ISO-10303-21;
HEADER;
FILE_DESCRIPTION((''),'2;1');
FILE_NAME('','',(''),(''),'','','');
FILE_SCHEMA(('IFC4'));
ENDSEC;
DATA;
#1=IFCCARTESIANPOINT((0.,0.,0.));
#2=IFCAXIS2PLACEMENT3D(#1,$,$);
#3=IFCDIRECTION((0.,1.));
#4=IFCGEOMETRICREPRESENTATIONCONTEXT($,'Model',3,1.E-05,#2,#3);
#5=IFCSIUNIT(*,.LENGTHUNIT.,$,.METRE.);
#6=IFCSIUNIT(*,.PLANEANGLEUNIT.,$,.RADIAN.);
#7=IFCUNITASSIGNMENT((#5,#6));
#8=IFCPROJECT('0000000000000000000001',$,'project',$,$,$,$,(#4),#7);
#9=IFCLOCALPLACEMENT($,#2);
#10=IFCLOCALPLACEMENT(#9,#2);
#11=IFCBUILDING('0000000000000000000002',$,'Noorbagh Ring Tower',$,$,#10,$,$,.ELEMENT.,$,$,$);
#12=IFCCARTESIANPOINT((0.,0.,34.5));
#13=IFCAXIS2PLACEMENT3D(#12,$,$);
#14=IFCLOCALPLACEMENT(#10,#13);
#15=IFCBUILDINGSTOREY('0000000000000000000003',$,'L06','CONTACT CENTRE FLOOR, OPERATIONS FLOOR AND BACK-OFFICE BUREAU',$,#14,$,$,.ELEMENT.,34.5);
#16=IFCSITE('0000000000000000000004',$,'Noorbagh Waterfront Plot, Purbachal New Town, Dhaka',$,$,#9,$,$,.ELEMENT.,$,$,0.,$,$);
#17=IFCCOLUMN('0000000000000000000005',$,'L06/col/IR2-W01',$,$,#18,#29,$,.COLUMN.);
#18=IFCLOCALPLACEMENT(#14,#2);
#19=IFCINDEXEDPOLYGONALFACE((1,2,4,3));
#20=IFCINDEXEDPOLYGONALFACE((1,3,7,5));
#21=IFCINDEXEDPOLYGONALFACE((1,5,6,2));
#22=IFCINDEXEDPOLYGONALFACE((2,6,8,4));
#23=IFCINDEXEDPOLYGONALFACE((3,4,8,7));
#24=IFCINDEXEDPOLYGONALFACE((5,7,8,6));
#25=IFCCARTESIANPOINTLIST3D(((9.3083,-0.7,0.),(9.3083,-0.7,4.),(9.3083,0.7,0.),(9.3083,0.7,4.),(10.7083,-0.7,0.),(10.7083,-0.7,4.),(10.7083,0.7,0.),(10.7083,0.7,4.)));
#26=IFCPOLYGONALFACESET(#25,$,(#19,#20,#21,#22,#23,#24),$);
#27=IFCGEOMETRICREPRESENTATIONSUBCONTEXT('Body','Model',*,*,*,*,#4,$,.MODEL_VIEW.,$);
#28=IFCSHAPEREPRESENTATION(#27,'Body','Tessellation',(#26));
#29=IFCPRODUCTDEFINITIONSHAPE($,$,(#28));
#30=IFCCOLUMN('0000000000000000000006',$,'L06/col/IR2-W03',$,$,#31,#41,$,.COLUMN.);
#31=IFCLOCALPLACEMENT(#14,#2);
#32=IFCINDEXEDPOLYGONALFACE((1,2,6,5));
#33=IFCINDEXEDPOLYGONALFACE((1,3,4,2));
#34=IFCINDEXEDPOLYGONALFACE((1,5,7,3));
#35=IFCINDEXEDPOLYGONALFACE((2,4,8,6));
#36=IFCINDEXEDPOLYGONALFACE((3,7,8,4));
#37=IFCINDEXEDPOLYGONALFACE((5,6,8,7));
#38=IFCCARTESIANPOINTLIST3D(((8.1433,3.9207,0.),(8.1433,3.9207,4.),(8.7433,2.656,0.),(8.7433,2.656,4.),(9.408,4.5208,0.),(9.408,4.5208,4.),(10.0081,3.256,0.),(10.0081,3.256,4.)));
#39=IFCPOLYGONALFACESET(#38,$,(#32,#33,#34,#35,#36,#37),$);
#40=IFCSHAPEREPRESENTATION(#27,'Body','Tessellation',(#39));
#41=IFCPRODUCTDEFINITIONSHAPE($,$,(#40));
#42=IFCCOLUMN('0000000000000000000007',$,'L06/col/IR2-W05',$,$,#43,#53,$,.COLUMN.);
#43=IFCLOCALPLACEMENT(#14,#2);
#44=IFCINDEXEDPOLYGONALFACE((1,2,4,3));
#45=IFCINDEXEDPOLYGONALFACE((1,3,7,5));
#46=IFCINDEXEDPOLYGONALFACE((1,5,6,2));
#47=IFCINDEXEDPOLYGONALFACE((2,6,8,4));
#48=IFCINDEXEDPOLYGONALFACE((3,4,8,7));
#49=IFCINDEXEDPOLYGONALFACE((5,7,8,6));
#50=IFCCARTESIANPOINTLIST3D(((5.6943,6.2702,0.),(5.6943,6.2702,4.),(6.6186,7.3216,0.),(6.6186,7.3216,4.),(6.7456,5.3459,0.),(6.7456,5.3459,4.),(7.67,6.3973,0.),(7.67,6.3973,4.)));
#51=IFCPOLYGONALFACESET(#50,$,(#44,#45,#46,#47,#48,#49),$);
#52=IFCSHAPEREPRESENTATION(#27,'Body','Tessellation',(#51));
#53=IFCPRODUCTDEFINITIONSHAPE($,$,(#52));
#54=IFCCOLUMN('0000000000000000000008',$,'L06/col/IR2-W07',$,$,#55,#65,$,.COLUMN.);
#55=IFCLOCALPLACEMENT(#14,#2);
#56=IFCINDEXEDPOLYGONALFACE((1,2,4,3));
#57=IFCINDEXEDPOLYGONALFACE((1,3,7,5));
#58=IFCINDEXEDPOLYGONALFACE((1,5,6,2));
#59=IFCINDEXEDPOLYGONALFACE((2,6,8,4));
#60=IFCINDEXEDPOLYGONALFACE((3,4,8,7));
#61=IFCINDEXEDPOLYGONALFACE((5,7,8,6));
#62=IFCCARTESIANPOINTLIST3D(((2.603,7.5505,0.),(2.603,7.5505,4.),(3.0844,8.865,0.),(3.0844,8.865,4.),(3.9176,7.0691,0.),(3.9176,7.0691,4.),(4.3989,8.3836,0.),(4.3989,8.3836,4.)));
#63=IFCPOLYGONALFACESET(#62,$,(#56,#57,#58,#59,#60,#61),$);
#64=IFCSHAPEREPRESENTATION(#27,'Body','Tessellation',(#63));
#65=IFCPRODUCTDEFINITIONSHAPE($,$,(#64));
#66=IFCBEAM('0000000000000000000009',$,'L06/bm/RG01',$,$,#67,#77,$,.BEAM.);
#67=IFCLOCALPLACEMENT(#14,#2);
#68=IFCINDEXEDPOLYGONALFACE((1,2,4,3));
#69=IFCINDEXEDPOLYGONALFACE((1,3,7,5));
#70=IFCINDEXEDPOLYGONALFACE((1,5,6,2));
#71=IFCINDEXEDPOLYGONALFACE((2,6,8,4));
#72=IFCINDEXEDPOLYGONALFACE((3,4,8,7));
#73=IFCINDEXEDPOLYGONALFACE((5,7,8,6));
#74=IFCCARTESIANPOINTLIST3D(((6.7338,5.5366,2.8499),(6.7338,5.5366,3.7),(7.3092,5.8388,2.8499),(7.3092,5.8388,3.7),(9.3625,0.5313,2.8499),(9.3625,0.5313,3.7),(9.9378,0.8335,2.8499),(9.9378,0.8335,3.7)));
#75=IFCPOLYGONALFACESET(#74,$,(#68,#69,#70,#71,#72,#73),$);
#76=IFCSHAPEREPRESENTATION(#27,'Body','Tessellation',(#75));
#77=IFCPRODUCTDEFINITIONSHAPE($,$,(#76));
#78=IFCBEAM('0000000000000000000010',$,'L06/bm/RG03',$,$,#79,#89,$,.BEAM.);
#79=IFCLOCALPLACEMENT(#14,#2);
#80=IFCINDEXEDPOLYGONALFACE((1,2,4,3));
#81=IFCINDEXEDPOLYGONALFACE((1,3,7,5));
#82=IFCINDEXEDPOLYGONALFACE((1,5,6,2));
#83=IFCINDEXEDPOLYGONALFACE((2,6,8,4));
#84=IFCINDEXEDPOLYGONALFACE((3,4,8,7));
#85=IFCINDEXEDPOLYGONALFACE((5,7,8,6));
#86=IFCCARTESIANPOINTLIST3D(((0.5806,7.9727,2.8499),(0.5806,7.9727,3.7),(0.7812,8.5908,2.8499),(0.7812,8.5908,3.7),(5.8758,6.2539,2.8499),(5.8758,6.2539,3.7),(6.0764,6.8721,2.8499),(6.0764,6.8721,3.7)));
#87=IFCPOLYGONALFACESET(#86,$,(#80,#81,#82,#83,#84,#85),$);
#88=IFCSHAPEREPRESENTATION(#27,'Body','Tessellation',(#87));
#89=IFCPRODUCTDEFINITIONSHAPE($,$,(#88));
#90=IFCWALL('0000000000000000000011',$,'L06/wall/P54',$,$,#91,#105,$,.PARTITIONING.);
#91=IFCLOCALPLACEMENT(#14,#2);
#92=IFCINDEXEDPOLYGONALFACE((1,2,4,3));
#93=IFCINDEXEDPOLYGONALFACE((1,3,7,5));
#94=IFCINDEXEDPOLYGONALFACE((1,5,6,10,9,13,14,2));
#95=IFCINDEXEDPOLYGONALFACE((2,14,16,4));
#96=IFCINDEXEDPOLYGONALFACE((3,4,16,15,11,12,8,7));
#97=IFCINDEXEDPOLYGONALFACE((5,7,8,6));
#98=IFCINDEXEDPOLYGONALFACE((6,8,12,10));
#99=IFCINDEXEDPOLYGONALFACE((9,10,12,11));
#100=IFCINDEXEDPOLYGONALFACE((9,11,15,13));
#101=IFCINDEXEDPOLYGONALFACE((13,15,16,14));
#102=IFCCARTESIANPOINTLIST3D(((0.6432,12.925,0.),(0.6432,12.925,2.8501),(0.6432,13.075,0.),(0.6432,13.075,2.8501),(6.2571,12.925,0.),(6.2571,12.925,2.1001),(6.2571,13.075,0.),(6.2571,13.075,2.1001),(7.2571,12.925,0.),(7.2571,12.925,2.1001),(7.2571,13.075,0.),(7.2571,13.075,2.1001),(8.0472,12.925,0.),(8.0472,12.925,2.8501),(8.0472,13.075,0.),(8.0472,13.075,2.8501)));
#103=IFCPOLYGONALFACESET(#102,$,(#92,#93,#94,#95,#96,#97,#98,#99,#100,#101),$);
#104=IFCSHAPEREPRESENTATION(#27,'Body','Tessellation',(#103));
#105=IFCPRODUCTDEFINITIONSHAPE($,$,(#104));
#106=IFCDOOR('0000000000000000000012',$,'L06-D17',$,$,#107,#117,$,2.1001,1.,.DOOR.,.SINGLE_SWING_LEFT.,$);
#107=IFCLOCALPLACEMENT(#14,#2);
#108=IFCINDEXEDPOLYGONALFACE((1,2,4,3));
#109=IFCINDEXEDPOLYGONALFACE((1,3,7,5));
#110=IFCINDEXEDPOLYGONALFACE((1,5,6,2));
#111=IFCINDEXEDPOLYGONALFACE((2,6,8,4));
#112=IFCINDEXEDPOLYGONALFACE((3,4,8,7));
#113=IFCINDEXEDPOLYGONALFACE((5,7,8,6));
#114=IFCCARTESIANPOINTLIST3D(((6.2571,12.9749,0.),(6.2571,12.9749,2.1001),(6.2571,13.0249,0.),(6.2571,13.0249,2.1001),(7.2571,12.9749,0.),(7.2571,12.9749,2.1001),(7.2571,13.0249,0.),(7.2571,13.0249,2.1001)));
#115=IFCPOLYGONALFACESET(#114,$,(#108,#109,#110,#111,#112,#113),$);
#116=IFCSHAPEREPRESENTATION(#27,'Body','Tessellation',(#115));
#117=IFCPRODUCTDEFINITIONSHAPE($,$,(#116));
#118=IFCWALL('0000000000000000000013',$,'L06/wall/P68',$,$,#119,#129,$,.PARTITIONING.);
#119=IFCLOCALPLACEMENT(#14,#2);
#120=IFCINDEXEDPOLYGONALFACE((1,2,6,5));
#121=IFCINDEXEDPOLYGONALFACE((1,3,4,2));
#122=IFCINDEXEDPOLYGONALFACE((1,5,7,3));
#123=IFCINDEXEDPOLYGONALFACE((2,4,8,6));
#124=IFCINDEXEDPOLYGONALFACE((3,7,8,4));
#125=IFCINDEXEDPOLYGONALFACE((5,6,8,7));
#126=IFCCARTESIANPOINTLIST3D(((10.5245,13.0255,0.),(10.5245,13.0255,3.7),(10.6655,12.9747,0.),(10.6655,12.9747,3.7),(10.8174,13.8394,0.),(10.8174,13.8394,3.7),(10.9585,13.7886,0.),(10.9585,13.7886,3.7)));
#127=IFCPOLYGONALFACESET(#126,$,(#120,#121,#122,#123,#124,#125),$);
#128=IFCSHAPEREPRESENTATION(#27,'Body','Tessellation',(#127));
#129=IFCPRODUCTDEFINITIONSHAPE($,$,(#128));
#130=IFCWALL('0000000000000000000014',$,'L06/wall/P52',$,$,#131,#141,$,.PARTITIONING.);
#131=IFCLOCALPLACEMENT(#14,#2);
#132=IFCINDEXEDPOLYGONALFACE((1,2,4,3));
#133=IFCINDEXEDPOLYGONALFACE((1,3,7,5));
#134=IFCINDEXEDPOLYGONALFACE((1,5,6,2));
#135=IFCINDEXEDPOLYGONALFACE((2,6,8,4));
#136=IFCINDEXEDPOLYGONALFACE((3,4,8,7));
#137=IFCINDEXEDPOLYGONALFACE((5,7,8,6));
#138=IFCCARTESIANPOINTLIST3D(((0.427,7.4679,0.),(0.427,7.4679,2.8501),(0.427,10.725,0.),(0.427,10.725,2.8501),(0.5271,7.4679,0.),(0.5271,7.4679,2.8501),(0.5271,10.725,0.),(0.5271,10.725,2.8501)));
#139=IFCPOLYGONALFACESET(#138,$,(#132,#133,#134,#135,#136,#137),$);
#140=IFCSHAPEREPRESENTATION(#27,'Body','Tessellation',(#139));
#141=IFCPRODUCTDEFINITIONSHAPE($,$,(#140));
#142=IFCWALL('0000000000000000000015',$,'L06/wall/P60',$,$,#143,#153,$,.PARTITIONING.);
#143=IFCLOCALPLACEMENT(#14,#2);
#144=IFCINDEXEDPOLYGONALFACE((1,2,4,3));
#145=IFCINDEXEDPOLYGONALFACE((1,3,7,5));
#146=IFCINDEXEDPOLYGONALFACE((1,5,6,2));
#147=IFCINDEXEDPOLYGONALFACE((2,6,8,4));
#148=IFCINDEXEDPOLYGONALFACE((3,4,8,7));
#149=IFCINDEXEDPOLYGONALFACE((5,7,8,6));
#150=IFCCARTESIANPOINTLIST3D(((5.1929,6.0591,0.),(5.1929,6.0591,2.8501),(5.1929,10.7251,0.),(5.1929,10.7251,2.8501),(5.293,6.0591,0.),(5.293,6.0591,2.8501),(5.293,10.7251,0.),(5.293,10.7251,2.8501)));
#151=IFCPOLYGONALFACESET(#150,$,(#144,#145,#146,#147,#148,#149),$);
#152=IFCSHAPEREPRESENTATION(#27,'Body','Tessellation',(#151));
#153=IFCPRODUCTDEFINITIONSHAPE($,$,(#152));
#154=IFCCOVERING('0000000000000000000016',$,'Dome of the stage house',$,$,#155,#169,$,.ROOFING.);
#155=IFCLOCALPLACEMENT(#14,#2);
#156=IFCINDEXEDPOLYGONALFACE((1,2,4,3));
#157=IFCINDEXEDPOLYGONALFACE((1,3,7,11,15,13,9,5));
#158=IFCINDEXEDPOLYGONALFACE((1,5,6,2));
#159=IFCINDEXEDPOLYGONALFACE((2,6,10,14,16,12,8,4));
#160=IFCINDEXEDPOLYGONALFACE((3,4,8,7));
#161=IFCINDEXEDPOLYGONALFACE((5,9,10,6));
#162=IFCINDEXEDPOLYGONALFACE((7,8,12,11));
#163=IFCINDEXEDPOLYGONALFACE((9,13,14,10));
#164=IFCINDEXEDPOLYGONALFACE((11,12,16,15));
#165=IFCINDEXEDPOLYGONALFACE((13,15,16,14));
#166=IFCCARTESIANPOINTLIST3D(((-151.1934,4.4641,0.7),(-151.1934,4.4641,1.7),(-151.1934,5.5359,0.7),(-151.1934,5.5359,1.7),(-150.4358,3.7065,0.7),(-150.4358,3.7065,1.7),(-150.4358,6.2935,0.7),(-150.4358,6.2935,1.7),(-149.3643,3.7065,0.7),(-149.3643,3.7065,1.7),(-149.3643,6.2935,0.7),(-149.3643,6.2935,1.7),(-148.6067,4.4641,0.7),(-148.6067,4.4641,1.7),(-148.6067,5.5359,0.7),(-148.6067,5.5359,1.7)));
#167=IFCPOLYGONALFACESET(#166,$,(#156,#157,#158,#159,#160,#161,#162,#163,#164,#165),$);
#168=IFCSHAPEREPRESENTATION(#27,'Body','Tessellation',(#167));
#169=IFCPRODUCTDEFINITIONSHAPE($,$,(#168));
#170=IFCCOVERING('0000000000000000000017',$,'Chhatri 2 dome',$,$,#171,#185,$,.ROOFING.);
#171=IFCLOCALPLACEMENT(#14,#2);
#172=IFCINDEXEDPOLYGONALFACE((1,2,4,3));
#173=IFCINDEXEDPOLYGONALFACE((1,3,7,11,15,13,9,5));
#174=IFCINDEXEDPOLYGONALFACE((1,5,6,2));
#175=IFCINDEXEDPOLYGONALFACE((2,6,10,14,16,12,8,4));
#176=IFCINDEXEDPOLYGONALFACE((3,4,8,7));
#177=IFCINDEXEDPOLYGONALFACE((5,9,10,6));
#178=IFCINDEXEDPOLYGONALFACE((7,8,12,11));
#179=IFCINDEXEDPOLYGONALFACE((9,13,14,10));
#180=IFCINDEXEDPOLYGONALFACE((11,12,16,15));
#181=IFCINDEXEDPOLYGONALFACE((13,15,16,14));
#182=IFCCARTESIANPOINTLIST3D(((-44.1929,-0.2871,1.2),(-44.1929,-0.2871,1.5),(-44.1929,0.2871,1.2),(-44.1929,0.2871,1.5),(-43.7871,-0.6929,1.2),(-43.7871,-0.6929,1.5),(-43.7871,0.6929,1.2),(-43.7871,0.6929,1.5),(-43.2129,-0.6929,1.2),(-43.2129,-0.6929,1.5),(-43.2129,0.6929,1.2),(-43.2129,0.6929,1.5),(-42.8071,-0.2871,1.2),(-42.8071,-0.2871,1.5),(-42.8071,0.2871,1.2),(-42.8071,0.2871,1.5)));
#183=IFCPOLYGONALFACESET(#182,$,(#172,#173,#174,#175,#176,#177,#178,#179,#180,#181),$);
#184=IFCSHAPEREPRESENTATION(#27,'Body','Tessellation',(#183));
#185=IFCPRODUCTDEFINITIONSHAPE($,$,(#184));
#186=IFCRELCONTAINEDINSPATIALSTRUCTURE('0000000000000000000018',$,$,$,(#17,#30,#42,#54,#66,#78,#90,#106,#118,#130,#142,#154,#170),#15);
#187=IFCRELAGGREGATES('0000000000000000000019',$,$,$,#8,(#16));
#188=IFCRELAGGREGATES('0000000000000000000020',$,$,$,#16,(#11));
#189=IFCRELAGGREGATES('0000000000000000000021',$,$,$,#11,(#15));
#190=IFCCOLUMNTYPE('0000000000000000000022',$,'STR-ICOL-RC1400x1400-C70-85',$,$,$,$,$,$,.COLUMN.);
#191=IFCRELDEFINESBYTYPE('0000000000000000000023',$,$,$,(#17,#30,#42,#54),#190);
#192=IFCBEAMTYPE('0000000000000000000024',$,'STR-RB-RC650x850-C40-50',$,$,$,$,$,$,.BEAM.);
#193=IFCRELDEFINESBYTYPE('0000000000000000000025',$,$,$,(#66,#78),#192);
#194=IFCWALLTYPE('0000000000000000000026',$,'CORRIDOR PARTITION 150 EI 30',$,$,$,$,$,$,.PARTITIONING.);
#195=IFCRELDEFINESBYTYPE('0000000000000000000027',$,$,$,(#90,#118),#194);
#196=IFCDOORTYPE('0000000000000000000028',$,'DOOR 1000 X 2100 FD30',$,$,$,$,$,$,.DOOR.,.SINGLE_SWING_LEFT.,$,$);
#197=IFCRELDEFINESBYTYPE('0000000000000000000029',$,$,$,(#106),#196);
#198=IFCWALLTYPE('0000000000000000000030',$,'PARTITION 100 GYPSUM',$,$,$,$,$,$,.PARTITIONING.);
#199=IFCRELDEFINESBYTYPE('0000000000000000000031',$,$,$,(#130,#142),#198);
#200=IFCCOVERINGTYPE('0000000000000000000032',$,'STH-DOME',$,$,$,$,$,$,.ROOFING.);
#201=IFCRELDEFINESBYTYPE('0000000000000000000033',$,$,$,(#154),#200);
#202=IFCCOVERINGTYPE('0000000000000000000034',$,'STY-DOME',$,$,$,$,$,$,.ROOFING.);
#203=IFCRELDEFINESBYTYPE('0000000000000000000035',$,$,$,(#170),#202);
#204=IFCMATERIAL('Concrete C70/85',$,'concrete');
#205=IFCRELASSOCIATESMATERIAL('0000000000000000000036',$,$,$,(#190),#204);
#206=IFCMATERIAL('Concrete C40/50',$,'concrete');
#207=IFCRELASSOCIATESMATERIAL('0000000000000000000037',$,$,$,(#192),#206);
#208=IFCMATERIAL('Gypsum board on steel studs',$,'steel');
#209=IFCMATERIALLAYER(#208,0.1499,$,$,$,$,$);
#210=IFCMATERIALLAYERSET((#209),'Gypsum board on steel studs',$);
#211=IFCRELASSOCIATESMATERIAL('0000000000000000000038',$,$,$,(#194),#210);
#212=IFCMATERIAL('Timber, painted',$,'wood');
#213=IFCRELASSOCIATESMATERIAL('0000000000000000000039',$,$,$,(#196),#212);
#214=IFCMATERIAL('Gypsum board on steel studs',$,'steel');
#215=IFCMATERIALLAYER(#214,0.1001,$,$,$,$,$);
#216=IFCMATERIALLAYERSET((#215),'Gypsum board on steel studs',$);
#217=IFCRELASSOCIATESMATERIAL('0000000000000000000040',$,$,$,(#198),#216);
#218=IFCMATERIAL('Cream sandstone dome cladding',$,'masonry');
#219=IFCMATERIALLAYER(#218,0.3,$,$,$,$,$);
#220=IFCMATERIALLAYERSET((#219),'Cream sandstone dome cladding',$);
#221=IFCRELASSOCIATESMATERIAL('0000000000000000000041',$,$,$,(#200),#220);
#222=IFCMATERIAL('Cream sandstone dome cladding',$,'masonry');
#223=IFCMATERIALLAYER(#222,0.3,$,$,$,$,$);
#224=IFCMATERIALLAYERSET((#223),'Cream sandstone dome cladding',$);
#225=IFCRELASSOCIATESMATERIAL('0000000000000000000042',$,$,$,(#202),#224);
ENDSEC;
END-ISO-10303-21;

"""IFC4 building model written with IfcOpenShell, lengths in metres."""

from ifc_helpers import new_model, si_unit, direction, frame, frame_2d, origin, origin_2d, place, context, subcontext, project, spatial, polyline, rectangle, outline, extrude, material, layer, layer_set, material_profile, profile_set, type_object, element, fill, save


model = new_model("IFC4")

# Units and contexts
model_context = context("Model", 3, precision=1e-05, world=origin(), true_north=direction((0.0, 1.0)))
body_context = subcontext(model_context, "Body", "Model", "MODEL_VIEW")
ifc_project = project(units=[si_unit("LENGTHUNIT", "METRE"), si_unit("PLANEANGLEUNIT", "RADIAN")], contexts=[model_context])

# Site, building, storey
site_placement = place(None, origin())
site = spatial("IfcSite", under=ifc_project, at=site_placement, Name="Noorbagh Waterfront Plot, Purbachal New Town, Dhaka", CompositionType="ELEMENT", RefElevation=0.0)
building_placement = place(site_placement, origin())
building = spatial("IfcBuilding", under=site, at=building_placement, Name="Noorbagh Ring Tower", CompositionType="ELEMENT")
storey_placement = place(building_placement, frame((0.0, 0.0, 34.5)))
storey = spatial("IfcBuildingStorey", under=building, at=storey_placement, Name="L06", Description="CONTACT CENTRE FLOOR, OPERATIONS FLOOR AND BACK-OFFICE BUREAU", CompositionType="ELEMENT", Elevation=34.5)

# Columns
ifc_material_1 = material(Name="Concrete C70/85", Category="concrete")
ifc_material_profile_1 = material_profile(ifc_material_1, rectangle(XDim=1.3999, YDim=1.3999, at=origin_2d()), Name="RC1400x1400")
ifc_profile_set_1 = profile_set([ifc_material_profile_1], Name="Concrete C70/85")
column_type = type_object("IfcColumnType", Name="STR-ICOL-RC1400x1400-C70-85", PredefinedType="COLUMN", material=ifc_profile_set_1)
for number, where, z_axis, x_axis, name in (
    (1, (10.0083, 0.0, 0.0), (0.0, 0.0, 1.0), (0.0, 1.0, 0.0), "L06/col/IR2-W01"),
    (2, (9.0757, 3.5884, 0.0), (0.0, 0.0, 1.0), (-0.428667, 0.903463, 0.0), "L06/col/IR2-W03"),
    (3, (6.6821, 6.3337, 0.0), (0.0, 0.0, 1.0), (-0.751022, 0.660277, 0.0), "L06/col/IR2-W05"),
    (4, (3.501, 7.967, 0.0), (0.0, 0.0, 1.0), (-0.93902, 0.343864, 0.0), "L06/col/IR2-W07"),
):
    element("IfcColumn", number, at=place(storey_placement, frame(where, z_axis=z_axis, x_axis=x_axis)), inside=storey, type_object=column_type, Name=name, PredefinedType="COLUMN", context=body_context, shape_type="SweptSolid", body=[
        extrude(rectangle(XDim=1.3999, YDim=1.3999, at=origin_2d()), origin(), (0.0, 0.0, 1.0), 4.0),
    ])

# Beams
ifc_material_2 = material(Name="Concrete C40/50", Category="concrete")
ifc_material_profile_2 = material_profile(ifc_material_2, rectangle(XDim=0.6499, YDim=0.8501, at=origin_2d()), Name="RC650x850")
ifc_profile_set_2 = profile_set([ifc_material_profile_2], Name="Concrete C40/50")
beam_type = type_object("IfcBeamType", Name="STR-RB-RC650x850-C40-50", PredefinedType="BEAM", material=ifc_profile_set_2)
beam_1_placement = place(storey_placement, frame((9.6501, 0.6824, 3.2749), z_axis=(-0.464951, 0.885337, 0.0), x_axis=(-0.885337, -0.464951, 0.0)))
element("IfcBeam", 5, at=beam_1_placement, inside=storey, type_object=beam_type, Name="L06/bm/RG01", PredefinedType="BEAM", context=body_context, shape_type="SweptSolid", body=[
    extrude(rectangle(XDim=0.6499, YDim=0.8501, at=origin_2d()), origin(), (0.0, 0.0, 1.0), 5.6536),
])
beam_2_placement = place(storey_placement, frame((5.9761, 6.563, 3.2749), z_axis=(-0.951149, 0.308732, 0.0), x_axis=(-0.308732, -0.951149, 0.0)))
element("IfcBeam", 6, at=beam_2_placement, inside=storey, type_object=beam_type, Name="L06/bm/RG03", PredefinedType="BEAM", context=body_context, shape_type="SweptSolid", body=[
    extrude(rectangle(XDim=0.6499, YDim=0.8501, at=origin_2d()), origin(), (0.0, 0.0, 1.0), 5.5671),
])

# Wall, opening, door
ifc_material_3 = material(Name="Gypsum board on steel studs", Category="steel")
ifc_layer_1 = layer(ifc_material_3, 0.1499)
ifc_layer_set_1 = layer_set([ifc_layer_1], Name="Gypsum board on steel studs")
wall_type_1 = type_object("IfcWallType", Name="CORRIDOR PARTITION 150 EI 30", PredefinedType="PARTITIONING", material=ifc_layer_set_1)
wall_1_placement = place(storey_placement, frame((0.6431, 13.0, 0.0), z_axis=(0.0, 0.0, 1.0), x_axis=(1.0, 0.0, 0.0)))
wall_1 = element("IfcWall", 7, at=wall_1_placement, inside=storey, type_object=wall_type_1, Name="L06/wall/P54", PredefinedType="PARTITIONING", context=body_context, shape_type="SweptSolid", body=[
    extrude(rectangle(XDim=7.4041, YDim=0.1499, at=frame_2d((3.7021, 0.0))), origin(), (0.0, 0.0, 1.0), 2.8501),
])
opening_placement = place(wall_1_placement, frame((5.614, 0.0, 0.0)))
opening = element("IfcOpeningElement", 8, at=opening_placement, cuts=wall_1, PredefinedType="OPENING", context=body_context, shape_type="SweptSolid", body=[
    extrude(rectangle(XDim=1.0, YDim=2.1001, at=frame_2d((0.5, 1.05))), frame((0.0, 0.085, 0.0), z_axis=(0.0, -1.0, 0.0), x_axis=(1.0, 0.0, 0.0)), (0.0, 0.0, 1.0), 0.1699),
])
ifc_material_4 = material(Name="Timber, painted", Category="wood")
door_type = type_object("IfcDoorType", Name="DOOR 1000 X 2100 FD30", OperationType="SINGLE_SWING_LEFT", PredefinedType="DOOR", material=ifc_material_4)
door_placement = place(opening_placement, origin())
door = element("IfcDoor", 9, at=door_placement, inside=storey, type_object=door_type, Name="L06-D17", OperationType="SINGLE_SWING_LEFT", OverallHeight=2.1001, OverallWidth=1.0, PredefinedType="DOOR", context=body_context, shape_type="SweptSolid", body=[
    extrude(rectangle(XDim=1.0, YDim=2.1001, at=frame_2d((0.5, 1.05))), frame((0.0, 0.0249, 0.0), z_axis=(0.0, -1.0, 0.0), x_axis=(1.0, 0.0, 0.0)), (0.0, 0.0, 1.0), 0.05),
])
fill(opening, door)

# Walls
wall_2_placement = place(storey_placement, frame((10.595, 13.0, 0.0), z_axis=(0.0, 0.0, 1.0), x_axis=(0.33866, 0.940909, 0.0)))
element("IfcWall", 10, at=wall_2_placement, inside=storey, type_object=wall_type_1, Name="L06/wall/P68", PredefinedType="PARTITIONING", context=body_context, shape_type="SweptSolid", body=[
    extrude(rectangle(XDim=0.865, YDim=0.1499, at=frame_2d((0.4326, 0.0))), origin(), (0.0, 0.0, 1.0), 3.7),
])
ifc_material_5 = material(Name="Gypsum board on steel studs", Category="steel")
ifc_layer_2 = layer(ifc_material_5, 0.1001)
ifc_layer_set_2 = layer_set([ifc_layer_2], Name="Gypsum board on steel studs")
wall_type_2 = type_object("IfcWallType", Name="PARTITION 100 GYPSUM", PredefinedType="PARTITIONING", material=ifc_layer_set_2)
wall_3_placement = place(storey_placement, frame((0.4771, 7.468, 0.0), z_axis=(0.0, 0.0, 1.0), x_axis=(0.0, 1.0, 0.0)))
element("IfcWall", 11, at=wall_3_placement, inside=storey, type_object=wall_type_2, Name="L06/wall/P52", PredefinedType="PARTITIONING", context=body_context, shape_type="SweptSolid", body=[
    extrude(rectangle(XDim=3.2571, YDim=0.1001, at=frame_2d((1.6284, 0.0))), origin(), (0.0, 0.0, 1.0), 2.8501),
])
wall_4_placement = place(storey_placement, frame((5.2429, 6.0591, 0.0), z_axis=(0.0, 0.0, 1.0), x_axis=(0.0, 1.0, 0.0)))
element("IfcWall", 12, at=wall_4_placement, inside=storey, type_object=wall_type_2, Name="L06/wall/P60", PredefinedType="PARTITIONING", context=body_context, shape_type="SweptSolid", body=[
    extrude(rectangle(XDim=4.666, YDim=0.1001, at=frame_2d((2.333, 0.0))), origin(), (0.0, 0.0, 1.0), 2.8501),
])

# Coverings
ifc_material_6 = material(Name="Cream sandstone dome cladding", Category="masonry")
ifc_layer_3 = layer(ifc_material_6, 0.3)
ifc_layer_set_3 = layer_set([ifc_layer_3], Name="Cream sandstone dome cladding")
covering_type_1 = type_object("IfcCoveringType", Name="STH-DOME", PredefinedType="ROOFING", material=ifc_layer_set_3)
covering_1_placement = place(storey_placement, frame((0.0, 0.0, 0.7)))
element("IfcCovering", 13, at=covering_1_placement, inside=storey, type_object=covering_type_1, Name="Dome of the stage house", PredefinedType="ROOFING", context=body_context, shape_type="SweptSolid", body=[
    extrude(outline(polyline([(-148.6067, 5.5359), (-149.3643, 6.2935), (-150.4358, 6.2935), (-151.1934, 5.5359), (-151.1934, 4.4641), (-150.4358, 3.7065), (-149.3643, 3.7065), (-148.6067, 4.4641), (-148.6067, 5.5359)])), origin(), (0.0, 0.0, 1.0), 1.0),
])
ifc_material_7 = material(Name="Cream sandstone dome cladding", Category="masonry")
ifc_layer_4 = layer(ifc_material_7, 0.3)
ifc_layer_set_4 = layer_set([ifc_layer_4], Name="Cream sandstone dome cladding")
covering_type_2 = type_object("IfcCoveringType", Name="STY-DOME", PredefinedType="ROOFING", material=ifc_layer_set_4)
covering_2_placement = place(storey_placement, frame((0.0, 0.0, 1.2)))
element("IfcCovering", 14, at=covering_2_placement, inside=storey, type_object=covering_type_2, Name="Chhatri 2 dome", PredefinedType="ROOFING", context=body_context, shape_type="SweptSolid", body=[
    extrude(outline(polyline([(-42.8071, 0.2871), (-43.2129, 0.6929), (-43.7871, 0.6929), (-44.1929, 0.2871), (-44.1929, -0.2871), (-43.7871, -0.6929), (-43.2129, -0.6929), (-42.8071, -0.2871), (-42.8071, 0.2871)])), origin(), (0.0, 0.0, 1.0), 0.3),
])

save(model, "model.ifc")
